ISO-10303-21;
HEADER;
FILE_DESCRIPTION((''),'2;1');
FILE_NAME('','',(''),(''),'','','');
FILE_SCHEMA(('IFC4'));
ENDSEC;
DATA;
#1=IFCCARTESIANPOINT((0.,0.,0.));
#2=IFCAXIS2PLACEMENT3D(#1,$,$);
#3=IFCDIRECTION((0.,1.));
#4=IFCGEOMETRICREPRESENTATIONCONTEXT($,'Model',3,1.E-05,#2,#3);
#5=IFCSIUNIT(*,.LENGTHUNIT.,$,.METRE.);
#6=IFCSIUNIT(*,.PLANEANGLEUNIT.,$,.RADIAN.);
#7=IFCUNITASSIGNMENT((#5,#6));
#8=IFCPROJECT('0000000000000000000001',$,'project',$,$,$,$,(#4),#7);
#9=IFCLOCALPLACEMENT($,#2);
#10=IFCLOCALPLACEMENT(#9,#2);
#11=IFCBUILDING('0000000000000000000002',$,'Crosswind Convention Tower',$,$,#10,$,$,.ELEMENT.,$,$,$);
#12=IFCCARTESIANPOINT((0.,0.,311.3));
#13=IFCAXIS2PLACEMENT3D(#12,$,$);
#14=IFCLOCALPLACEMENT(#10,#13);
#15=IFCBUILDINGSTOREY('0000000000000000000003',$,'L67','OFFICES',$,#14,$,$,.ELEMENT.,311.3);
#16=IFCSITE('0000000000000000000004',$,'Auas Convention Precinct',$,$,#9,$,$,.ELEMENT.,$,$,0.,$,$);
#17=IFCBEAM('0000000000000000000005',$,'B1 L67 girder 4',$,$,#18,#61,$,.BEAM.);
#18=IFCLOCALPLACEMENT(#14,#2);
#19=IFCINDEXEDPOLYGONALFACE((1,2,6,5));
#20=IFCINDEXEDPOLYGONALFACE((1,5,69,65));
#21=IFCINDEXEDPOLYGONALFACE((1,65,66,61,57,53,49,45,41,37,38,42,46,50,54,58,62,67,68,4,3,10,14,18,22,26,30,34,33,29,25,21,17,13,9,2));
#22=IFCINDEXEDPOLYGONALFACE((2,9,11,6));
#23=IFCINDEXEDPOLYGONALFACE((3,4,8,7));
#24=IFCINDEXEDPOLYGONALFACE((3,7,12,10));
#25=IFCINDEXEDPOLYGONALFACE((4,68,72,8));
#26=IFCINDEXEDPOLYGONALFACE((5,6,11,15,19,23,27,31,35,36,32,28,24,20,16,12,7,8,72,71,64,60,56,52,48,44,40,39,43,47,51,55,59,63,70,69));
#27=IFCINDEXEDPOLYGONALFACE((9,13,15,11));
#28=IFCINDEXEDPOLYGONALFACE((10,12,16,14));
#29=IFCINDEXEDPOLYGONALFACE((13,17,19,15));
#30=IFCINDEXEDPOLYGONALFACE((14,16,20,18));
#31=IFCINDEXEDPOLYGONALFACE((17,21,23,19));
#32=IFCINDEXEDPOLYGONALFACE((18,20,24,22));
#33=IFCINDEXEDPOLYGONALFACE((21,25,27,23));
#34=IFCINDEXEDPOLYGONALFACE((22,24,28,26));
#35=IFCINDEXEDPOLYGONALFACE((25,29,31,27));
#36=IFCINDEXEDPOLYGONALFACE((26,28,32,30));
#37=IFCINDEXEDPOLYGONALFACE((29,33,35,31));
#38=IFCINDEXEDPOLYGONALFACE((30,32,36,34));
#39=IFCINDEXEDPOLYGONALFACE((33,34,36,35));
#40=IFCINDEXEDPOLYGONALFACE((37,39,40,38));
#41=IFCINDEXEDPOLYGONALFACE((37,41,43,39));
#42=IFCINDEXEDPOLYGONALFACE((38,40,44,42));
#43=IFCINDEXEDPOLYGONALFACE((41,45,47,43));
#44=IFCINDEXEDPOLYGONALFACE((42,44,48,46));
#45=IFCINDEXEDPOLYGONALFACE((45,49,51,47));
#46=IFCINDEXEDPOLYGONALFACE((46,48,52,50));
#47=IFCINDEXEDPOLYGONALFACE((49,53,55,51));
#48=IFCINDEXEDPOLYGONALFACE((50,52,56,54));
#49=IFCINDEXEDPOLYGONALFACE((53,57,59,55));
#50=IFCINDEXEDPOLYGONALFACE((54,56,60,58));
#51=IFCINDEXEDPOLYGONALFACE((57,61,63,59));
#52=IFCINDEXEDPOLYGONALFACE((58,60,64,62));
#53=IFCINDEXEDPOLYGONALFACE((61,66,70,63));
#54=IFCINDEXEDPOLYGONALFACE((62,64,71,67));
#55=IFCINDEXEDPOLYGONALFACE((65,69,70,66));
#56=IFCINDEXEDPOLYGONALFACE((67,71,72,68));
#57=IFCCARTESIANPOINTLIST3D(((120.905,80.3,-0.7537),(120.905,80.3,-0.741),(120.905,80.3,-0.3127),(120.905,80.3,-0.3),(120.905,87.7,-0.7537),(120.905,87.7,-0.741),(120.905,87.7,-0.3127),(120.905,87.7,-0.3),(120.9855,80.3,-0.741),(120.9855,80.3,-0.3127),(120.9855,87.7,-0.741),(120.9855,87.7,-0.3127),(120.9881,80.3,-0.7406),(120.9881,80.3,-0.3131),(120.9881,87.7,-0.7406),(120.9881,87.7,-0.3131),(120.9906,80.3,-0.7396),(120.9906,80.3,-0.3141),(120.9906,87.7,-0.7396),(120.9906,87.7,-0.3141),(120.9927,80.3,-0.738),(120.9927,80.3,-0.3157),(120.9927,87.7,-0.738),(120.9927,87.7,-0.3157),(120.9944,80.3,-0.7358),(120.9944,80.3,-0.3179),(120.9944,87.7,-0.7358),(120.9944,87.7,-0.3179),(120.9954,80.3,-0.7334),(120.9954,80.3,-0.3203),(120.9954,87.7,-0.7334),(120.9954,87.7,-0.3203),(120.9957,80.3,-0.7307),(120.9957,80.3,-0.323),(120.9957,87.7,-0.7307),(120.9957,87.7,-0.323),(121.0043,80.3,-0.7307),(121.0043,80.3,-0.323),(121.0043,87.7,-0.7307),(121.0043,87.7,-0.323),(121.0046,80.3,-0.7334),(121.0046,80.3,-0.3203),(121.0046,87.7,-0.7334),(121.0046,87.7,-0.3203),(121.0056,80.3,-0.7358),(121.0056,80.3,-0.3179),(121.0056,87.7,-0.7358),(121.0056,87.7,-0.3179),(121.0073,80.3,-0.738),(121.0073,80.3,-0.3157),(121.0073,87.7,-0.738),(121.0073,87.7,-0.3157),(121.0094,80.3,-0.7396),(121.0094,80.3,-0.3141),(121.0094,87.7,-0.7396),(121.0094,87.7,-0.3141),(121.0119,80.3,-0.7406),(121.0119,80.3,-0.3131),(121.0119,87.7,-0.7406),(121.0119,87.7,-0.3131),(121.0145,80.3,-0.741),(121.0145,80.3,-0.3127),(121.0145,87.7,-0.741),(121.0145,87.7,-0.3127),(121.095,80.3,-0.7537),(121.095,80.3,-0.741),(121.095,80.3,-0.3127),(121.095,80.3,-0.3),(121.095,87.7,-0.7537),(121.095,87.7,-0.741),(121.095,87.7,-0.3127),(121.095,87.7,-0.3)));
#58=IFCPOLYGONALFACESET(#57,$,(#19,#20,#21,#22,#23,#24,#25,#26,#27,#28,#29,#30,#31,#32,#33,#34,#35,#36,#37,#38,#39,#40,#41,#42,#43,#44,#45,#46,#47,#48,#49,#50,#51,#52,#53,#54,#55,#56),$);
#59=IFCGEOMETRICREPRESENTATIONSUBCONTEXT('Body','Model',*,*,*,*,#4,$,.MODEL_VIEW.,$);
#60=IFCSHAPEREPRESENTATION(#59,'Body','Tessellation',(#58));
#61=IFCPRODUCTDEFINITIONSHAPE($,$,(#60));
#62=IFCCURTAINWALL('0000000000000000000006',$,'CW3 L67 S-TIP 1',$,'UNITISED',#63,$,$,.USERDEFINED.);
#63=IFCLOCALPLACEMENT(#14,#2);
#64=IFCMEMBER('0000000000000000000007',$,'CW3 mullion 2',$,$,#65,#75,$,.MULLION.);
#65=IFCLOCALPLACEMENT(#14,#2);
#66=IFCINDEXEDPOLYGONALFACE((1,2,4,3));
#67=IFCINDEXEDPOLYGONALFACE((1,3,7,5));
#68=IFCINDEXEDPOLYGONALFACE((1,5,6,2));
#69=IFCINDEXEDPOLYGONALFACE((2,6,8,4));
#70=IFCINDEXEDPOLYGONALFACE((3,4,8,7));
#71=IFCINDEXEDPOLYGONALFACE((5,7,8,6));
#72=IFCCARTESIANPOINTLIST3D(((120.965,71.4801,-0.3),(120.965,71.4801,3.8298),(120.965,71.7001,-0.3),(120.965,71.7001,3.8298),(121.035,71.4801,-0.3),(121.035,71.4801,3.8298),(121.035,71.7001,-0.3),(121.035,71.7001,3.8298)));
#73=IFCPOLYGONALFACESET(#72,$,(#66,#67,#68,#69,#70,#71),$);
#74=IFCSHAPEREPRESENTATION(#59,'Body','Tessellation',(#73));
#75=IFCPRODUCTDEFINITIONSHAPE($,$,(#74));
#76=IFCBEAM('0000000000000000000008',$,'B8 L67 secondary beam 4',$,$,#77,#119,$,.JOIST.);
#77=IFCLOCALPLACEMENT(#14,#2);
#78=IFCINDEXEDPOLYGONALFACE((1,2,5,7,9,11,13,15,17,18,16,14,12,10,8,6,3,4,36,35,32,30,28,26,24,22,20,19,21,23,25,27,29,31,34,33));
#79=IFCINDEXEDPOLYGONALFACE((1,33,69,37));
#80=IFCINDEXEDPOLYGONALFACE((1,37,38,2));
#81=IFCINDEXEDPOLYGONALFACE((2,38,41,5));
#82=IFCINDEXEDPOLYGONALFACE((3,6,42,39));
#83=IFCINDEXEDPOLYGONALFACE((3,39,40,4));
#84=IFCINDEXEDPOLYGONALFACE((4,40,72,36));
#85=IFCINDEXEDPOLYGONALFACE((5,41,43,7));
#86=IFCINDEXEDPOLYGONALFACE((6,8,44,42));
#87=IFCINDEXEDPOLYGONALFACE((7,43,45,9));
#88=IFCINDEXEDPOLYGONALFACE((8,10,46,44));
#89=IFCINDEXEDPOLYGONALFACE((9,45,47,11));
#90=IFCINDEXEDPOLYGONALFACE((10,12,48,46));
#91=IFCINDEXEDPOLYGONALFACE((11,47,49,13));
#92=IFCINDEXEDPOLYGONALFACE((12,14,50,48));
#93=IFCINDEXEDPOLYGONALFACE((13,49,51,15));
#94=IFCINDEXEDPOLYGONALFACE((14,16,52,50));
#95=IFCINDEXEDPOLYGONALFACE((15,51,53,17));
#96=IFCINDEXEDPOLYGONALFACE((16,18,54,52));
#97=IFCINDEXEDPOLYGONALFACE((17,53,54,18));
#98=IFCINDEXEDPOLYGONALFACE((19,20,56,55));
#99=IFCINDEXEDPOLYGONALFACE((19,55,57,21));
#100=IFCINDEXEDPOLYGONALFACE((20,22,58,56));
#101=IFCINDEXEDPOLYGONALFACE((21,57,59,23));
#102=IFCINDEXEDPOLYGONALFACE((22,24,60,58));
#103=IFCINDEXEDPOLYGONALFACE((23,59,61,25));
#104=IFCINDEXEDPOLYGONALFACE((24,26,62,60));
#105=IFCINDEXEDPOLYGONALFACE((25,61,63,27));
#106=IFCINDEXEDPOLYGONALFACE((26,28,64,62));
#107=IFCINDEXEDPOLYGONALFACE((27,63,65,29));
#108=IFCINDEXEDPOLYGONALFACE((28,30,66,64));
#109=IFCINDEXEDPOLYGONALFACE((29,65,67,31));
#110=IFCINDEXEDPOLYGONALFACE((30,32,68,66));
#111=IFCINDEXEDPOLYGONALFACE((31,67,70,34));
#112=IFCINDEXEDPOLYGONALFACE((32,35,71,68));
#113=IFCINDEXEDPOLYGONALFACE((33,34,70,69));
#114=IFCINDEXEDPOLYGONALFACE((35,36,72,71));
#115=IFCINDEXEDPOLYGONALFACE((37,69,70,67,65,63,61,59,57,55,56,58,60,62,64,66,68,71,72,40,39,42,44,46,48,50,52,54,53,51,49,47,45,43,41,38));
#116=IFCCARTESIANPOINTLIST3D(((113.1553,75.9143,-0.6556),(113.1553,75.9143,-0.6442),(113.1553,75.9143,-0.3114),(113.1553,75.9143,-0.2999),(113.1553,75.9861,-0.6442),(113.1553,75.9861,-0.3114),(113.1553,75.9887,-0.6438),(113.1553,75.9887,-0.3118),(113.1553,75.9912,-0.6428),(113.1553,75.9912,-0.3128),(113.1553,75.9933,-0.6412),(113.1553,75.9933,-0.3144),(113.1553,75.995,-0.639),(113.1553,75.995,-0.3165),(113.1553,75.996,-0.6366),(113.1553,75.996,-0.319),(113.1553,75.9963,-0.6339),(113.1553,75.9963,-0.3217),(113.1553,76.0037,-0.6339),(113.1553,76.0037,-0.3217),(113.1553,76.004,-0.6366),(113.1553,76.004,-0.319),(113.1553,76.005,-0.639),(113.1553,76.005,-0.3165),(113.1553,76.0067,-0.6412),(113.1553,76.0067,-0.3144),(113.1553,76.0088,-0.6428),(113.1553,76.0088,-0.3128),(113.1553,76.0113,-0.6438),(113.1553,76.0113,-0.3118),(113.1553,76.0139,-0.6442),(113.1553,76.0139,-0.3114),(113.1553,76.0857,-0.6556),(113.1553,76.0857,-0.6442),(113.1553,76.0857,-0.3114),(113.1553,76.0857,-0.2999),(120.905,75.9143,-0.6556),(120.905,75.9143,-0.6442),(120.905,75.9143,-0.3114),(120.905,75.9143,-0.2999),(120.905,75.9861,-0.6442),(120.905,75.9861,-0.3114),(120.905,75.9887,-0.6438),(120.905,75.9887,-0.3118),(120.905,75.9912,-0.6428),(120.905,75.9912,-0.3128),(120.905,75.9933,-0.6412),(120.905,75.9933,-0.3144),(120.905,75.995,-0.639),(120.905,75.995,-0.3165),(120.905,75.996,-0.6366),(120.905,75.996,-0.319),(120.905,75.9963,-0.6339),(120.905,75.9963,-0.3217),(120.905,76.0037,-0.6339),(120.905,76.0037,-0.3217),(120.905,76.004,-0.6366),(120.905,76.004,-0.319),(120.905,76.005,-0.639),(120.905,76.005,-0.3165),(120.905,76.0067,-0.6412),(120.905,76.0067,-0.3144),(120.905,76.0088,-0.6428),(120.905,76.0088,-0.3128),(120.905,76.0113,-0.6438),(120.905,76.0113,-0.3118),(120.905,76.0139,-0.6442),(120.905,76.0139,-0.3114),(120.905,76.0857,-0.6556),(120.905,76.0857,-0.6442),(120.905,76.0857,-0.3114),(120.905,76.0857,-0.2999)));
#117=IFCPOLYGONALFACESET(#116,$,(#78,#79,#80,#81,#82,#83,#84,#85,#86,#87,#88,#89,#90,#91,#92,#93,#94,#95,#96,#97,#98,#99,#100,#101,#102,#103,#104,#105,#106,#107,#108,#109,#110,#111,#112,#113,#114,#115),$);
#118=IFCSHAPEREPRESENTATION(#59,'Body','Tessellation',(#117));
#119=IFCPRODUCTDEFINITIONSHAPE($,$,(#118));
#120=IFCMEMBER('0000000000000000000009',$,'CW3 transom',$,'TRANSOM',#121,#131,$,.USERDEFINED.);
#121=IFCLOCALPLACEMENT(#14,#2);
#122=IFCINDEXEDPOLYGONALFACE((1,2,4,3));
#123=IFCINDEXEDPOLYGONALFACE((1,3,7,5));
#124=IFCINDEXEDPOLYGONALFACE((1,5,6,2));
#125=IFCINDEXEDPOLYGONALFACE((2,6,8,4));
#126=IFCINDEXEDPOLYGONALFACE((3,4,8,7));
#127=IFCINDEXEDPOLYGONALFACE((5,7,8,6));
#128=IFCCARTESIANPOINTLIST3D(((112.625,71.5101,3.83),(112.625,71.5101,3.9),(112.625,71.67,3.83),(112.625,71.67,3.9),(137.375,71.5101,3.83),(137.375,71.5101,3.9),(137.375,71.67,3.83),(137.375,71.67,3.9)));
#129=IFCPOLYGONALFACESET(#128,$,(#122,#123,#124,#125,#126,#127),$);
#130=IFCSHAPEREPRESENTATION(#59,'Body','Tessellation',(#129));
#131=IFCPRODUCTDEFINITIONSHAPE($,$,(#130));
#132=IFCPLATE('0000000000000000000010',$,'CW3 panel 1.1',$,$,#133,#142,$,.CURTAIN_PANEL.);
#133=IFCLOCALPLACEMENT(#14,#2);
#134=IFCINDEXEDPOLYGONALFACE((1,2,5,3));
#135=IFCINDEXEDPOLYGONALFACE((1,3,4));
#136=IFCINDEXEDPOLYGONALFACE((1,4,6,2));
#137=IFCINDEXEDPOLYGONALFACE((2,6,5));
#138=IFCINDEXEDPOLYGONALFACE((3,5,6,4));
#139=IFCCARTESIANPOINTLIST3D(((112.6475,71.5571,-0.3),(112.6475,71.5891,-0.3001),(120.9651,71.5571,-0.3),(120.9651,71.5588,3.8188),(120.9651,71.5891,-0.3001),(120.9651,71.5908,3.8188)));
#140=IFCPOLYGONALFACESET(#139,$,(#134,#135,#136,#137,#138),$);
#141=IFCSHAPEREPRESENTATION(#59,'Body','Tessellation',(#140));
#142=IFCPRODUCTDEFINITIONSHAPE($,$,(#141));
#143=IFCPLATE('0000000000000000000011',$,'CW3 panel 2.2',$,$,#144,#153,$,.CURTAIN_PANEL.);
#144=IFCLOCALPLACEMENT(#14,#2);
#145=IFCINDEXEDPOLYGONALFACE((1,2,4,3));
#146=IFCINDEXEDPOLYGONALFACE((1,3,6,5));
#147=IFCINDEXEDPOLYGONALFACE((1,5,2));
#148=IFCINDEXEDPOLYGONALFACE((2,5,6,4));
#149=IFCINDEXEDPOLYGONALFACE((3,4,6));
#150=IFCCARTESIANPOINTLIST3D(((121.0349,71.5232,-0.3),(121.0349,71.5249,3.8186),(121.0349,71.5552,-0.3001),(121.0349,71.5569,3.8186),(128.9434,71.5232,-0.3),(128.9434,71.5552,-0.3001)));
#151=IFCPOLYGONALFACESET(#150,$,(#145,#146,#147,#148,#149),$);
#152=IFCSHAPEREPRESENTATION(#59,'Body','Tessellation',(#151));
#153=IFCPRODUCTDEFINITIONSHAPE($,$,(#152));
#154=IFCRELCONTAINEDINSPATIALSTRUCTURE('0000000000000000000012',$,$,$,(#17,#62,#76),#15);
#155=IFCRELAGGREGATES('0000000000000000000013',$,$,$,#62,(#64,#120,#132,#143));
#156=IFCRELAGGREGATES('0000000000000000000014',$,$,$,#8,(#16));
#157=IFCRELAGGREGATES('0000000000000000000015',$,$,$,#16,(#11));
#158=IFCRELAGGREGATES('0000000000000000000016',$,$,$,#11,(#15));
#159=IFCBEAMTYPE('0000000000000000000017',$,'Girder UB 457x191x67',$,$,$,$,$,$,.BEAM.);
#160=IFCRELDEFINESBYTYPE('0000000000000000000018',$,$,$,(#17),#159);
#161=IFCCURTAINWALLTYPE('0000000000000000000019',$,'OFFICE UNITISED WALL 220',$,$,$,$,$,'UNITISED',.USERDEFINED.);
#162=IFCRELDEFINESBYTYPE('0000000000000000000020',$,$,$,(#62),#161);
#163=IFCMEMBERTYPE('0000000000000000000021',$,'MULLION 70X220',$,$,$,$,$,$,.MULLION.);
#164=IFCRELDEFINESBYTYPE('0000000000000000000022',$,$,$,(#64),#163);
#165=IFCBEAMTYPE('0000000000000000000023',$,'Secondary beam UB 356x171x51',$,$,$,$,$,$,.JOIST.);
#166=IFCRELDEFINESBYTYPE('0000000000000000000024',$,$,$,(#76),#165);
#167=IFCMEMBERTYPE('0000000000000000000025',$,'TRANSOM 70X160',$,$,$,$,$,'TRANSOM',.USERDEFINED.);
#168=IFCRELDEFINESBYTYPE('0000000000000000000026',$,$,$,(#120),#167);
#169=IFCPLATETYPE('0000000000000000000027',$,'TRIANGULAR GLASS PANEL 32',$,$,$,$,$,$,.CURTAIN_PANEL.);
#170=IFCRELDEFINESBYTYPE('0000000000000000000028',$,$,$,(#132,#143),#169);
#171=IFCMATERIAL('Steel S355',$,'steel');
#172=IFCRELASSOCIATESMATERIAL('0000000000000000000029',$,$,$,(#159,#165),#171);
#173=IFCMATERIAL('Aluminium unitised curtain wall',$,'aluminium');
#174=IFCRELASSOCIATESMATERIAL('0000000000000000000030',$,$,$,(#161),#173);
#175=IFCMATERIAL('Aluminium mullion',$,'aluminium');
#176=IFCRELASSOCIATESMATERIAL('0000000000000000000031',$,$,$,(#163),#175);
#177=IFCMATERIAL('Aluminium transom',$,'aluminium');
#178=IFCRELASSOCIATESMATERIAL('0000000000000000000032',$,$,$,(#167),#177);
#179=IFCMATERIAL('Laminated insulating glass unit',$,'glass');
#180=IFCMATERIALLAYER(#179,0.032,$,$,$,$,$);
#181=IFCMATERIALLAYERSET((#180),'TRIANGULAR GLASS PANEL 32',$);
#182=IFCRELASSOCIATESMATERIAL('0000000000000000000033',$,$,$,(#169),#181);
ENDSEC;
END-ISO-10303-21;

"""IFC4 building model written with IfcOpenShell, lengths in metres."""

from ifc_helpers import new_model, si_unit, direction, frame, origin, origin_2d, place, context, subcontext, project, spatial, polyline, rectangle, i_section, outline, extrude, material, layer, layer_set, material_profile, profile_set, type_object, element, aggregate, save


model = new_model("IFC4")

# Units and contexts
model_context = context("Model", 3, precision=1e-05, world=origin(), true_north=direction((0.0, 1.0)))
body_context = subcontext(model_context, "Body", "Model", "MODEL_VIEW")
ifc_project = project(units=[si_unit("LENGTHUNIT", "METRE"), si_unit("PLANEANGLEUNIT", "RADIAN")], contexts=[model_context])

# Site, building, storey
site_placement = place(None, origin())
site = spatial("IfcSite", under=ifc_project, at=site_placement, Name="Auas Convention Precinct", CompositionType="ELEMENT", RefElevation=0.0)
building_placement = place(site_placement, origin())
building = spatial("IfcBuilding", under=site, at=building_placement, Name="Crosswind Convention Tower", CompositionType="ELEMENT")
storey_placement = place(building_placement, frame((0.0, 0.0, 311.3)))
storey = spatial("IfcBuildingStorey", under=building, at=storey_placement, Name="L67", Description="OFFICES", CompositionType="ELEMENT", Elevation=311.3)

# Beam
ifc_material_1 = material(Name="Steel S355", Category="steel")
ifc_material_profile_1 = material_profile(ifc_material_1, i_section(OverallWidth=0.1899, OverallDepth=0.4536, WebThickness=0.0085, FlangeThickness=0.0127, FilletRadius=0.0103, at=origin_2d()), Name="UB 457x191x67")
ifc_profile_set_1 = profile_set([ifc_material_profile_1], Name="Steel S355")
beam_type_1 = type_object("IfcBeamType", Name="Girder UB 457x191x67", PredefinedType="BEAM", material=ifc_profile_set_1)
for number, where, z_axis, x_axis, name in (
    (1, (121.0, 80.3, -0.5269), (0.0, 1.0, 0.0), (-1.0, 0.0, 0.0), "B1 L67 girder 4"),
):
    element("IfcBeam", number, at=place(storey_placement, frame(where, z_axis=z_axis, x_axis=x_axis)), inside=storey, type_object=beam_type_1, Name=name, PredefinedType="BEAM", context=body_context, shape_type="SweptSolid", body=[
        extrude(i_section(OverallWidth=0.1899, OverallDepth=0.4536, WebThickness=0.0085, FlangeThickness=0.0127, FilletRadius=0.0103, at=origin_2d()), origin(), (0.0, 0.0, 1.0), 7.3999),
    ])

# Curtain wall, member
ifc_material_2 = material(Name="Aluminium unitised curtain wall", Category="aluminium")
curtain_wall_type = type_object("IfcCurtainWallType", Name="OFFICE UNITISED WALL 220", ElementType="UNITISED", PredefinedType="USERDEFINED", material=ifc_material_2)
curtain_wall_placement = place(storey_placement, origin())
curtain_wall = element("IfcCurtainWall", 2, at=curtain_wall_placement, inside=storey, type_object=curtain_wall_type, Name="CW3 L67 S-TIP 1", ObjectType="UNITISED", PredefinedType="USERDEFINED")
ifc_material_3 = material(Name="Aluminium mullion", Category="aluminium")
ifc_material_profile_2 = material_profile(ifc_material_3, rectangle(XDim=0.22, YDim=0.0701, at=origin_2d()), Name="AL 220X70")
ifc_profile_set_2 = profile_set([ifc_material_profile_2], Name="Aluminium mullion")
member_type_1 = type_object("IfcMemberType", Name="MULLION 70X220", PredefinedType="MULLION", material=ifc_profile_set_2)
member_1_placement = place(storey_placement, frame((121.0, 71.5901, -0.3), z_axis=(0.0, 0.0, 1.0), x_axis=(0.0, -1.0, 0.0)))
member_1 = element("IfcMember", 3, at=member_1_placement, type_object=member_type_1, Name="CW3 mullion 2", PredefinedType="MULLION", context=body_context, shape_type="SweptSolid", body=[
    extrude(rectangle(XDim=0.22, YDim=0.0701, at=origin_2d()), origin(), (0.0, 0.0, 1.0), 4.1299),
])

# Beam
ifc_material_profile_3 = material_profile(ifc_material_1, i_section(OverallWidth=0.1714, OverallDepth=0.3557, WebThickness=0.0073, FlangeThickness=0.0115, FilletRadius=0.0103, at=origin_2d()), Name="UB 356x171x51")
ifc_profile_set_3 = profile_set([ifc_material_profile_3], Name="Steel S355")
beam_type_2 = type_object("IfcBeamType", Name="Secondary beam UB 356x171x51", PredefinedType="JOIST", material=ifc_profile_set_3)
beam_1_placement = place(storey_placement, frame((113.1553, 76.0, -0.4778), z_axis=(1.0, 0.0, 0.0), x_axis=(0.0, 1.0, 0.0)))
element("IfcBeam", 4, at=beam_1_placement, inside=storey, type_object=beam_type_2, Name="B8 L67 secondary beam 4", PredefinedType="JOIST", context=body_context, shape_type="SweptSolid", body=[
    extrude(i_section(OverallWidth=0.1714, OverallDepth=0.3557, WebThickness=0.0073, FlangeThickness=0.0115, FilletRadius=0.0103, at=origin_2d()), origin(), (0.0, 0.0, 1.0), 7.7498),
])

# Member
ifc_material_4 = material(Name="Aluminium transom", Category="aluminium")
ifc_material_profile_4 = material_profile(ifc_material_4, rectangle(XDim=0.1599, YDim=0.0701, at=origin_2d()), Name="AL 160X70")
ifc_profile_set_4 = profile_set([ifc_material_profile_4], Name="Aluminium transom")
member_type_2 = type_object("IfcMemberType", Name="TRANSOM 70X160", ElementType="TRANSOM", PredefinedType="USERDEFINED", material=ifc_profile_set_4)
member_2_placement = place(storey_placement, frame((112.625, 71.5901, 3.865), z_axis=(1.0, 0.0, 0.0), x_axis=(0.0, 1.0, 0.0)))
member_2 = element("IfcMember", 5, at=member_2_placement, type_object=member_type_2, Name="CW3 transom", ObjectType="TRANSOM", PredefinedType="USERDEFINED", context=body_context, shape_type="SweptSolid", body=[
    extrude(rectangle(XDim=0.1599, YDim=0.0701, at=origin_2d()), origin(), (0.0, 0.0, 1.0), 24.75),
])

# Plates
ifc_material_5 = material(Name="Laminated insulating glass unit", Category="glass")
ifc_layer_1 = layer(ifc_material_5, 0.032)
ifc_layer_set_1 = layer_set([ifc_layer_1], Name="TRIANGULAR GLASS PANEL 32")
plate_type = type_object("IfcPlateType", Name="TRIANGULAR GLASS PANEL 32", PredefinedType="CURTAIN_PANEL", material=ifc_layer_set_1)
plate_1_placement = place(storey_placement, frame((120.9651, 71.5571, -0.3), z_axis=(0.0, -1.0, 0.000415), x_axis=(0.0, 0.000415, 1.0)))
plate_1 = element("IfcPlate", 6, at=plate_1_placement, type_object=plate_type, Name="CW3 panel 1.1", PredefinedType="CURTAIN_PANEL", context=body_context, shape_type="SweptSolid", body=[
    extrude(outline(polyline([(0.0, 0.0), (4.1189, 0.0), (0.0, 8.3176), (0.0, 0.0)])), origin(), (0.0, 0.0, -1.0), 0.032),
])
plate_2_placement = place(storey_placement, frame((121.0349, 71.5232, -0.3), z_axis=(0.0, -1.0, 0.000415), x_axis=(1.0, 0.0, 0.0)))
plate_2 = element("IfcPlate", 7, at=plate_2_placement, type_object=plate_type, Name="CW3 panel 2.2", PredefinedType="CURTAIN_PANEL", context=body_context, shape_type="SweptSolid", body=[
    extrude(outline(polyline([(0.0, 0.0), (7.9084, 0.0), (0.0, 4.1187), (0.0, 0.0)])), origin(), (0.0, 0.0, -1.0), 0.032),
])
aggregate(curtain_wall, [member_1, member_2, plate_1, plate_2])

save(model, "model.ifc")
